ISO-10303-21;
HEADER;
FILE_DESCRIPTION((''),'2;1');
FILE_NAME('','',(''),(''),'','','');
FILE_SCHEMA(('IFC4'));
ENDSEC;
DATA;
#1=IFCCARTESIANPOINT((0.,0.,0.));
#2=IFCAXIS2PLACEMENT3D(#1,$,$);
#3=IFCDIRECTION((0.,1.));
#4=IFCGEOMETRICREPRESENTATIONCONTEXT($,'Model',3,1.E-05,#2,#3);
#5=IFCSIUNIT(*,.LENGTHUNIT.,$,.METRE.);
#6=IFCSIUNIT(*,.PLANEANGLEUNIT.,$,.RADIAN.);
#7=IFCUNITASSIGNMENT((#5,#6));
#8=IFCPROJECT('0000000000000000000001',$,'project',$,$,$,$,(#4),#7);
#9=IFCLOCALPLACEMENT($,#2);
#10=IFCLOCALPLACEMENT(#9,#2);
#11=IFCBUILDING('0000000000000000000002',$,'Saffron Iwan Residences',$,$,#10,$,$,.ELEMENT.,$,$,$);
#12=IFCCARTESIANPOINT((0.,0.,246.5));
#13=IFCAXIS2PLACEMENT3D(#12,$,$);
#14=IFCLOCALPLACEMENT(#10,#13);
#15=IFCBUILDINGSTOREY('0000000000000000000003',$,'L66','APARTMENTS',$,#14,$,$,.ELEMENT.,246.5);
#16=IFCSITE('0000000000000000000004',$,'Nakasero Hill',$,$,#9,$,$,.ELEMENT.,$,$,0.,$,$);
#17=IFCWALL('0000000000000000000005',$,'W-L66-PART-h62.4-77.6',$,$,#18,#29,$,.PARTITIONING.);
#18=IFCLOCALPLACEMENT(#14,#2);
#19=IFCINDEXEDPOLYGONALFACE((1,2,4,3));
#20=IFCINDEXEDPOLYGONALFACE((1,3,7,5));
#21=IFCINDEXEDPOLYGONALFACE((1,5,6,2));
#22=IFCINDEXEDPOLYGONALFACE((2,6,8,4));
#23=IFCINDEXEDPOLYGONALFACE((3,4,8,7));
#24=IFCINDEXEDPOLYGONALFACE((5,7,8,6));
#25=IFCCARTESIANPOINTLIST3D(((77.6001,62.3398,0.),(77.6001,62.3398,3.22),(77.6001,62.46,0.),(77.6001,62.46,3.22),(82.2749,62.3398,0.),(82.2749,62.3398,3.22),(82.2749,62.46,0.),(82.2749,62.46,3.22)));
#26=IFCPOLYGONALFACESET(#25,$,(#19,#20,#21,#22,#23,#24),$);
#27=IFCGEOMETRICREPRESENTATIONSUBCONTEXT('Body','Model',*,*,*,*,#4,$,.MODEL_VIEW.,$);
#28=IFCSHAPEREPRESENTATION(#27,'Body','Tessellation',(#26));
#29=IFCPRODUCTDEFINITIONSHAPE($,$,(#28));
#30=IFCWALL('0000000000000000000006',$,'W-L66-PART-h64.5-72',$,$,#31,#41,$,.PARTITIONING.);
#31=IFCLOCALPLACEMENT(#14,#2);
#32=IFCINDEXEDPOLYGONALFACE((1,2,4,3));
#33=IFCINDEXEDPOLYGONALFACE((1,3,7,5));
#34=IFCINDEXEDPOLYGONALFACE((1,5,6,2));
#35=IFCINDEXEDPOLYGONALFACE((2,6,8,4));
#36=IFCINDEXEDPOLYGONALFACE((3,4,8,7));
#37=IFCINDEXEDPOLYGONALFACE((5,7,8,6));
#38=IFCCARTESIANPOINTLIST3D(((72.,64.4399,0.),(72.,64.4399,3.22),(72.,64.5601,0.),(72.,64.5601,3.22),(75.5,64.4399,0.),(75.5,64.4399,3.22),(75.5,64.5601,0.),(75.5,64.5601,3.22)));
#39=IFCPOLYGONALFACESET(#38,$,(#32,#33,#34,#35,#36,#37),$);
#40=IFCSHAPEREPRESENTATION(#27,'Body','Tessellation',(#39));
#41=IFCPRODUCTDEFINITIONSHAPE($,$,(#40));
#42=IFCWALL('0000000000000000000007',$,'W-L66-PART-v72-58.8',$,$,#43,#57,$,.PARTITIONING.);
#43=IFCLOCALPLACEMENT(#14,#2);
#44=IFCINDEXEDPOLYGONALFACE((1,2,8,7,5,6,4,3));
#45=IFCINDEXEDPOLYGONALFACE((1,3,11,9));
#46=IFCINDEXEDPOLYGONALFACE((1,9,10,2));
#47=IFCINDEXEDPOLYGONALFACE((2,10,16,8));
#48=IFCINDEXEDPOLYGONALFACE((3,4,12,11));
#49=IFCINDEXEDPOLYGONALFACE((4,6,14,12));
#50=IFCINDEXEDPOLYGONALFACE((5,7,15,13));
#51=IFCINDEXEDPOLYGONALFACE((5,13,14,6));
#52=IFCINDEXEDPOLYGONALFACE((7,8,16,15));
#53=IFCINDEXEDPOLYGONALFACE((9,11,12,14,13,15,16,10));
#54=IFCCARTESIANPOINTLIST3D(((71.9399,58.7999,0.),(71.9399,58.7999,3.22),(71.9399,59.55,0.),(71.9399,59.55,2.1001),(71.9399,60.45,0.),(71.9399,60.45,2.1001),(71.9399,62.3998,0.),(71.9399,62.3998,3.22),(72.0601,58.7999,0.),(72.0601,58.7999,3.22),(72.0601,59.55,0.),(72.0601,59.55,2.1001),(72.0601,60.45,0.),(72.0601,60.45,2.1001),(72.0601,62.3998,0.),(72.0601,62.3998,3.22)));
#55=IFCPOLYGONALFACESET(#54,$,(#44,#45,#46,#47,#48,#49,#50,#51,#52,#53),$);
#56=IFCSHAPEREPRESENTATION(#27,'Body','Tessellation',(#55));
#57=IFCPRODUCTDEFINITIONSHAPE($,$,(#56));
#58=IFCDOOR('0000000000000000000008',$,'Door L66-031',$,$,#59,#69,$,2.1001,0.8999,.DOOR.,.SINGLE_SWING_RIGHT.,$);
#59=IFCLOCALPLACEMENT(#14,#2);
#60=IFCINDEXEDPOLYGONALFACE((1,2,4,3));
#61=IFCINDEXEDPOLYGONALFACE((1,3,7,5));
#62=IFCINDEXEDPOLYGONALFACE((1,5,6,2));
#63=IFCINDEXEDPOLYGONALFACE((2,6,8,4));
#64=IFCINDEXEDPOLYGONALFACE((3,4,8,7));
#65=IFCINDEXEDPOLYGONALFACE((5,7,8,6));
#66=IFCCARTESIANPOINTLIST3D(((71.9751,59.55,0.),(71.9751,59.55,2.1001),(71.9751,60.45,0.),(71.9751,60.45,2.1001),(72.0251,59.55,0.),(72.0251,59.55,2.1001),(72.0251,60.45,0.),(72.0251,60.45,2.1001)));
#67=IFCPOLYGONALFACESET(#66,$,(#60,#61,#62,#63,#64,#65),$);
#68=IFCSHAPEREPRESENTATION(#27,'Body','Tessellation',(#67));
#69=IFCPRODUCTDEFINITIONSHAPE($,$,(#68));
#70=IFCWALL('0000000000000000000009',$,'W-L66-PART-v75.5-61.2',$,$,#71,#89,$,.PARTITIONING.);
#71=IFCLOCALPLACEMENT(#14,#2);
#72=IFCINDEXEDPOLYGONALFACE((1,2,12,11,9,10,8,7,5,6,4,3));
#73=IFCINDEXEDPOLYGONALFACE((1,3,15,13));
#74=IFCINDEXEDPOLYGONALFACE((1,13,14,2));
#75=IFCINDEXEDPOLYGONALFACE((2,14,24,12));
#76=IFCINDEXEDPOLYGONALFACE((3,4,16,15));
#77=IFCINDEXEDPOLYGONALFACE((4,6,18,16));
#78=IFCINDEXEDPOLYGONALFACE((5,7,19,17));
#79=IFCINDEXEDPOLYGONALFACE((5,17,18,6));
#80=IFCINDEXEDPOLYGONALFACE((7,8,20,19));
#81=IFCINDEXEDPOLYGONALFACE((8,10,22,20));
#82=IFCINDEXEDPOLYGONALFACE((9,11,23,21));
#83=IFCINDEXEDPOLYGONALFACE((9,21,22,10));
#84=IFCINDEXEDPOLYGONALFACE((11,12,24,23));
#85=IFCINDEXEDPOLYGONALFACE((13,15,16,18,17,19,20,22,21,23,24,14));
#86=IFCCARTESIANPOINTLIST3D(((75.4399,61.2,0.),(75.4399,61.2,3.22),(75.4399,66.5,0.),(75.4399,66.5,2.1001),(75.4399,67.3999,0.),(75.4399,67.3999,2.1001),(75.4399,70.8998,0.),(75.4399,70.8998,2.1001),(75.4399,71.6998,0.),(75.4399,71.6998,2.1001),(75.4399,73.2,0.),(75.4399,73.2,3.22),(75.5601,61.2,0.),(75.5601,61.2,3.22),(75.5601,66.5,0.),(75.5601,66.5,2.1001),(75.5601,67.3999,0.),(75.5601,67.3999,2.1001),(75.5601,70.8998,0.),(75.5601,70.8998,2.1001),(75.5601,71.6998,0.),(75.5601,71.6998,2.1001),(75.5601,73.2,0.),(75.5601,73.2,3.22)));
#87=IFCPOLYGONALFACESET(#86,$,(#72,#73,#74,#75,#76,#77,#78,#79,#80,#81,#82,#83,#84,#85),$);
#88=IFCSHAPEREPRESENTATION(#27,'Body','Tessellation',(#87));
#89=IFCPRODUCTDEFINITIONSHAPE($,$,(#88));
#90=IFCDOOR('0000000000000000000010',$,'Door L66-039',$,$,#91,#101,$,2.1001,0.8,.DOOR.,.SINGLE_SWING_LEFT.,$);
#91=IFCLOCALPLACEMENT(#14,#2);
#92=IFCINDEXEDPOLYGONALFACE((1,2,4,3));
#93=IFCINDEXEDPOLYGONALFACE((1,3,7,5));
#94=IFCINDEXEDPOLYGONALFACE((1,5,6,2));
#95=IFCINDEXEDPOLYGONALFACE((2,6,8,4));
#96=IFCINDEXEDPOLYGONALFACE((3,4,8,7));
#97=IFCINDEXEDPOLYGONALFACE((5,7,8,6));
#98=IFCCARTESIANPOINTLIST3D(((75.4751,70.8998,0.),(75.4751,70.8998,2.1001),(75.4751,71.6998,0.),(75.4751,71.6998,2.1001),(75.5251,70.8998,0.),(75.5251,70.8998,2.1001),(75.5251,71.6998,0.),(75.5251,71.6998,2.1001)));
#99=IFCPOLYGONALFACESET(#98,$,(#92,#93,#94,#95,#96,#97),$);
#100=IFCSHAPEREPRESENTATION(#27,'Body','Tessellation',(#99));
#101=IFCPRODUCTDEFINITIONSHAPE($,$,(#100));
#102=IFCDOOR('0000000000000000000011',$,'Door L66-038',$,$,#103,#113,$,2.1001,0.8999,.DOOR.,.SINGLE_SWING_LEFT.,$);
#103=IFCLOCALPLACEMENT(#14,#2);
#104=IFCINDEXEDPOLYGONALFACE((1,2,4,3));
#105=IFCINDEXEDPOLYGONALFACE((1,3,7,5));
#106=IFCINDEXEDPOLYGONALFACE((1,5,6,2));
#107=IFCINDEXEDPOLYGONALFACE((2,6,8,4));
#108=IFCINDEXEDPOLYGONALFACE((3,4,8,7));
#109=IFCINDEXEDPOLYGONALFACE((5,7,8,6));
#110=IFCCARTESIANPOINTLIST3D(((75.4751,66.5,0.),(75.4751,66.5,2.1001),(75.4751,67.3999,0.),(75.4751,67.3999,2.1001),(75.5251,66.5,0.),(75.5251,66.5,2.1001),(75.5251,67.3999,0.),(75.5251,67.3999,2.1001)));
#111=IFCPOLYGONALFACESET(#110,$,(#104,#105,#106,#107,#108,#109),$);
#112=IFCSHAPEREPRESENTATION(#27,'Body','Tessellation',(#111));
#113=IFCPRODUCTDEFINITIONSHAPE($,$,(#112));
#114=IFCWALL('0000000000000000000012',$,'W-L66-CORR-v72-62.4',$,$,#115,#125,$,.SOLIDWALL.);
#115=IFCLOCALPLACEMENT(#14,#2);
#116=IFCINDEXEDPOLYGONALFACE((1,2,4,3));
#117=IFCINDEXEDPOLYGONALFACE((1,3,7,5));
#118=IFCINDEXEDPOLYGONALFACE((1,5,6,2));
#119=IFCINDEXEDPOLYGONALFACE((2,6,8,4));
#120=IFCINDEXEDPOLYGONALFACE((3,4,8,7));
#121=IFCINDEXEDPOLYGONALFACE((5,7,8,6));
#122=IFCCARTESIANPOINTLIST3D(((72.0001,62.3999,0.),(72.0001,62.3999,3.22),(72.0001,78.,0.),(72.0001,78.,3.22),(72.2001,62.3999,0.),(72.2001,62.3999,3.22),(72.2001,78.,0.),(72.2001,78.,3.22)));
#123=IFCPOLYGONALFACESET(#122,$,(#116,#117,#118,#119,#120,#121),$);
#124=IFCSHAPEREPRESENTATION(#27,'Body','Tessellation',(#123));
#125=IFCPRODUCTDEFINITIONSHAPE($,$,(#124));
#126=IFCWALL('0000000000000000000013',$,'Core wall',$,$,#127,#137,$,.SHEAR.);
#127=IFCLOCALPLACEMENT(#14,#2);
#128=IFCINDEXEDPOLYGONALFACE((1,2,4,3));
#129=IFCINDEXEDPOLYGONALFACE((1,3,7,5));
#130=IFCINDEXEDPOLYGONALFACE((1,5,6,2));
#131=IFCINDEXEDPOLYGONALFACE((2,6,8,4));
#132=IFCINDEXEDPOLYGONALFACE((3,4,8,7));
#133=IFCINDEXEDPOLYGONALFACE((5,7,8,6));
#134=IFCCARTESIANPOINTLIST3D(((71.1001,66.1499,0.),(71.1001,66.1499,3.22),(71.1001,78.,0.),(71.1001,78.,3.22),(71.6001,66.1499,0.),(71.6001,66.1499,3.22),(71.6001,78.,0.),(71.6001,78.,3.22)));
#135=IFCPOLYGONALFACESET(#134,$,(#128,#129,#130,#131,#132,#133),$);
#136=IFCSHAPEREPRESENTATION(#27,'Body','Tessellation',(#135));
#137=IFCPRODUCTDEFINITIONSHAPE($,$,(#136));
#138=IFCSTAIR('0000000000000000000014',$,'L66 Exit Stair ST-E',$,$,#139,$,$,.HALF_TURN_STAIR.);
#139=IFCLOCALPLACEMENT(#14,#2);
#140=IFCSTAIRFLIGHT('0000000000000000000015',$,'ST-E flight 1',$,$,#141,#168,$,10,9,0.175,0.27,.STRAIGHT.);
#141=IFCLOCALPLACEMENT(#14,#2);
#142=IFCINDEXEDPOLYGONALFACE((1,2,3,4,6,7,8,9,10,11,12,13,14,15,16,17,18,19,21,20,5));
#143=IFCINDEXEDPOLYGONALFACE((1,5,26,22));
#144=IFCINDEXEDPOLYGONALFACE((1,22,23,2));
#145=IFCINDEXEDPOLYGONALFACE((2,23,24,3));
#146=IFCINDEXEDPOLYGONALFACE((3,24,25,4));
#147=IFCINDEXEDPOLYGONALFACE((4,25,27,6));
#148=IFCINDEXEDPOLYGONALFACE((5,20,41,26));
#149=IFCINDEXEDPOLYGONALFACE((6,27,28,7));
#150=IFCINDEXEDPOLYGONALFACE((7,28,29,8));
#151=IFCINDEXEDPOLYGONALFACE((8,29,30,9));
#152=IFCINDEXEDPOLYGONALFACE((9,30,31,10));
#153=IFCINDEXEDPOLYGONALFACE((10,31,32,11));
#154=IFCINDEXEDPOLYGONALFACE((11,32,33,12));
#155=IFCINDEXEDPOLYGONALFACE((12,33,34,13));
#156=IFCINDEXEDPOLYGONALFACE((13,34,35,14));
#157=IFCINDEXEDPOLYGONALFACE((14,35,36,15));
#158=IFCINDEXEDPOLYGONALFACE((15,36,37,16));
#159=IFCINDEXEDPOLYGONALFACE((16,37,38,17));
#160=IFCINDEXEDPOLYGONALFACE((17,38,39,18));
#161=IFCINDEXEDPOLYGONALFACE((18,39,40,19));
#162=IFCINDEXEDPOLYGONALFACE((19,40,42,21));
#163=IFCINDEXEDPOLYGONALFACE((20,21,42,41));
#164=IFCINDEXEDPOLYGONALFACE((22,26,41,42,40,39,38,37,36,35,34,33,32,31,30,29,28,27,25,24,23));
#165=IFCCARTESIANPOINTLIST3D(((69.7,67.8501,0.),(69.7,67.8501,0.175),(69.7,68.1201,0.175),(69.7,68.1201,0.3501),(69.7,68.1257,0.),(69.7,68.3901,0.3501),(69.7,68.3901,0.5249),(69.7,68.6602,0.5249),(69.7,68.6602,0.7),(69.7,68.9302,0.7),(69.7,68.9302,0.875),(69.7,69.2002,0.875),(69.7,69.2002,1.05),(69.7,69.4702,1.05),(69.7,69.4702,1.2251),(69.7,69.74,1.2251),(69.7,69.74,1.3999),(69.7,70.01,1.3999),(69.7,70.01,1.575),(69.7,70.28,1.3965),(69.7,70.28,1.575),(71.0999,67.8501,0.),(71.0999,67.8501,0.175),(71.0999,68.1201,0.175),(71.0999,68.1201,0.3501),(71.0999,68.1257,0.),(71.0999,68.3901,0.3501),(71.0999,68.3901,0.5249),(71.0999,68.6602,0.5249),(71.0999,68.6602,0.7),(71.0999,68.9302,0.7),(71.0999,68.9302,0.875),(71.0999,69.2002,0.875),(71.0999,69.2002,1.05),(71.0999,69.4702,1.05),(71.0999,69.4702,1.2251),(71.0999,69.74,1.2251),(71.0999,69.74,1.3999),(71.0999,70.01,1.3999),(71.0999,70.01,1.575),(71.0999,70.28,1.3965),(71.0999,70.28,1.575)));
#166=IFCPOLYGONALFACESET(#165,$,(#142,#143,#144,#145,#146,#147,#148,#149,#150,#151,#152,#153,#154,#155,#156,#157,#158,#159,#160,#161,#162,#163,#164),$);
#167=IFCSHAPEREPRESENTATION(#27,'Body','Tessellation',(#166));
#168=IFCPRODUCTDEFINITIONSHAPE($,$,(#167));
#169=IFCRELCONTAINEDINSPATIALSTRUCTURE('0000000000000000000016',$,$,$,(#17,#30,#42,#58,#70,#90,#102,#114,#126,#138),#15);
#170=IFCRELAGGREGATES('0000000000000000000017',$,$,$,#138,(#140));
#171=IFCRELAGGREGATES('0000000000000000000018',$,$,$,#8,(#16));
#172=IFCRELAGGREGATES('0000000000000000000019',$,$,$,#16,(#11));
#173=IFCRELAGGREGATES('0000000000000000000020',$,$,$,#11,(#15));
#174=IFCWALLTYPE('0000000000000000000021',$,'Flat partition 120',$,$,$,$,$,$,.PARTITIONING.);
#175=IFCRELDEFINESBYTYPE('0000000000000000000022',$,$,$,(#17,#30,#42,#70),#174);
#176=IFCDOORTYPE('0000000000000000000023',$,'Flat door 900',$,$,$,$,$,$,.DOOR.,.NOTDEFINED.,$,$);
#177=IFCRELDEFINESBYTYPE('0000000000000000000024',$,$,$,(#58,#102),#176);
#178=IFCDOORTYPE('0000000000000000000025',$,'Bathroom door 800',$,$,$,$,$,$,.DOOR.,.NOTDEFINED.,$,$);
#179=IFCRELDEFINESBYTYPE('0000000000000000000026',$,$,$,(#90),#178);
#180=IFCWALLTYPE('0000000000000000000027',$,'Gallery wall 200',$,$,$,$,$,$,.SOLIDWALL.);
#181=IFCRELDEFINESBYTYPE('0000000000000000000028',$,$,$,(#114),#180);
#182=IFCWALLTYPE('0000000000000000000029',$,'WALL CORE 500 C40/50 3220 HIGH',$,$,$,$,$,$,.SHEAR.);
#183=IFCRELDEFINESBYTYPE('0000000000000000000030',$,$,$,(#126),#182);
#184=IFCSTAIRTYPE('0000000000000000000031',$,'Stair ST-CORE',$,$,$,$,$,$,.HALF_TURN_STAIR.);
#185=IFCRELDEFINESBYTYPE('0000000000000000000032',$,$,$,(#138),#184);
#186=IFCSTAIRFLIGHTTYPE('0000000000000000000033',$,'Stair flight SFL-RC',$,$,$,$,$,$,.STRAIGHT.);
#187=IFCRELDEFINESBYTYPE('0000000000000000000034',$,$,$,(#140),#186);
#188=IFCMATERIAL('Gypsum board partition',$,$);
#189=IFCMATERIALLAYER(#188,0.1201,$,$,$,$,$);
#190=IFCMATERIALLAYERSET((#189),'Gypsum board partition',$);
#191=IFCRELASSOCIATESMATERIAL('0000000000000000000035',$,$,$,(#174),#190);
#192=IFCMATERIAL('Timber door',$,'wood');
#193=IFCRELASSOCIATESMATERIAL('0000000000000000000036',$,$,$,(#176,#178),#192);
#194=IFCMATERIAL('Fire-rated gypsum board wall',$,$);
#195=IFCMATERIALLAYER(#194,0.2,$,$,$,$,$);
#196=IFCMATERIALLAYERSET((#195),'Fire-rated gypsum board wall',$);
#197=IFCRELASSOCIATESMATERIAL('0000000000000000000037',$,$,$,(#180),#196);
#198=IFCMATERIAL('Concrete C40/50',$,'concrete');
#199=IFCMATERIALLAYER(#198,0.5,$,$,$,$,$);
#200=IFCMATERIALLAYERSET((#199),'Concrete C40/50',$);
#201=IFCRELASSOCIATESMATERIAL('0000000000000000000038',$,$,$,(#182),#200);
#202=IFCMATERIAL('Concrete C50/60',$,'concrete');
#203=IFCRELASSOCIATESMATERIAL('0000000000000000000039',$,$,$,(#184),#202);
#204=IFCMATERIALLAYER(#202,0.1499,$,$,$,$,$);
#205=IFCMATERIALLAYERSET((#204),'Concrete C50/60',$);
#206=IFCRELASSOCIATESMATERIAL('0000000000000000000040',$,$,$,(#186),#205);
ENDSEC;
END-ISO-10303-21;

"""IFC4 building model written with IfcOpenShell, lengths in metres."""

from ifc_helpers import new_model, si_unit, direction, frame, frame_2d, origin, place, context, subcontext, project, spatial, polyline, rectangle, outline, extrude, material, layer, layer_set, type_object, element, fill, aggregate, save


model = new_model("IFC4")

# Units and contexts
model_context = context("Model", 3, precision=1e-05, world=origin(), true_north=direction((0.0, 1.0)))
body_context = subcontext(model_context, "Body", "Model", "MODEL_VIEW")
ifc_project = project(units=[si_unit("LENGTHUNIT", "METRE"), si_unit("PLANEANGLEUNIT", "RADIAN")], contexts=[model_context])

# Site, building, storey
site_placement = place(None, origin())
site = spatial("IfcSite", under=ifc_project, at=site_placement, Name="Nakasero Hill", CompositionType="ELEMENT", RefElevation=0.0)
building_placement = place(site_placement, origin())
building = spatial("IfcBuilding", under=site, at=building_placement, Name="Saffron Iwan Residences", CompositionType="ELEMENT")
storey_placement = place(building_placement, frame((0.0, 0.0, 246.5)))
storey = spatial("IfcBuildingStorey", under=building, at=storey_placement, Name="L66", Description="APARTMENTS", CompositionType="ELEMENT", Elevation=246.5)

# Shared definitions
ifc_material_1 = material(Name="Concrete C40/50", Category="concrete")

# Shared definitions
ifc_material_2 = material(Name="Fire-rated gypsum board wall")
ifc_material_3 = material(Name="Gypsum board partition")
ifc_layer_1 = layer(ifc_material_3, 0.1201)
ifc_layer_set_1 = layer_set([ifc_layer_1], Name="Gypsum board partition")
wall_type_1 = type_object("IfcWallType", Name="Flat partition 120", PredefinedType="PARTITIONING", material=ifc_layer_set_1)

# Shared definitions
ifc_material_4 = material(Name="Timber door", Category="wood")
door_type_1 = type_object("IfcDoorType", Name="Flat door 900", OperationType="NOTDEFINED", PredefinedType="DOOR", material=ifc_material_4)

# Walls
wall_1_placement = place(storey_placement, frame((77.6001, 62.3999, 0.0), z_axis=(0.0, 0.0, 1.0), x_axis=(1.0, 0.0, 0.0)))
element("IfcWall", 1, at=wall_1_placement, inside=storey, type_object=wall_type_1, Name="W-L66-PART-h62.4-77.6", PredefinedType="PARTITIONING", context=body_context, shape_type="SweptSolid", body=[
    extrude(rectangle(XDim=4.6748, YDim=0.1201, at=frame_2d((2.3374, 0.0))), origin(), (0.0, 0.0, 1.0), 3.22),
])
wall_2_placement = place(storey_placement, frame((72.0, 64.5, 0.0), z_axis=(0.0, 0.0, 1.0), x_axis=(1.0, 0.0, 0.0)))
element("IfcWall", 2, at=wall_2_placement, inside=storey, type_object=wall_type_1, Name="W-L66-PART-h64.5-72", PredefinedType="PARTITIONING", context=body_context, shape_type="SweptSolid", body=[
    extrude(rectangle(XDim=3.5, YDim=0.1201, at=frame_2d((1.75, 0.0))), origin(), (0.0, 0.0, 1.0), 3.22),
])

# Wall, opening, door
wall_3_placement = place(storey_placement, frame((72.0, 58.8, 0.0), z_axis=(0.0, 0.0, 1.0), x_axis=(0.0, 1.0, 0.0)))
wall_3 = element("IfcWall", 3, at=wall_3_placement, inside=storey, type_object=wall_type_1, Name="W-L66-PART-v72-58.8", PredefinedType="PARTITIONING", context=body_context, shape_type="SweptSolid", body=[
    extrude(rectangle(XDim=3.5999, YDim=0.1201, at=frame_2d((1.7998, 0.0))), origin(), (0.0, 0.0, 1.0), 3.22),
])
opening_1_placement = place(wall_3_placement, frame((0.75, 0.0, 0.0)))
opening_1 = element("IfcOpeningElement", 4, at=opening_1_placement, cuts=wall_3, PredefinedType="OPENING", context=body_context, shape_type="SweptSolid", body=[
    extrude(rectangle(XDim=0.8999, YDim=2.1001, at=frame_2d((0.45, 1.05))), frame((0.0, 0.0701, 0.0), z_axis=(0.0, -1.0, 0.0), x_axis=(1.0, 0.0, 0.0)), (0.0, 0.0, 1.0), 0.1401),
])
door_1_placement = place(opening_1_placement, origin())
door_1 = element("IfcDoor", 5, at=door_1_placement, inside=storey, type_object=door_type_1, Name="Door L66-031", OperationType="SINGLE_SWING_RIGHT", OverallHeight=2.1001, OverallWidth=0.8999, PredefinedType="DOOR", context=body_context, shape_type="SweptSolid", body=[
    extrude(rectangle(XDim=0.8999, YDim=2.1001, at=frame_2d((0.45, 1.05))), frame((0.0, 0.0249, 0.0), z_axis=(0.0, -1.0, 0.0), x_axis=(1.0, 0.0, 0.0)), (0.0, 0.0, 1.0), 0.05),
])
fill(opening_1, door_1)

# Wall, openings, doors
wall_4_placement = place(storey_placement, frame((75.5, 61.2, 0.0), z_axis=(0.0, 0.0, 1.0), x_axis=(0.0, 1.0, 0.0)))
wall_4 = element("IfcWall", 6, at=wall_4_placement, inside=storey, type_object=wall_type_1, Name="W-L66-PART-v75.5-61.2", PredefinedType="PARTITIONING", context=body_context, shape_type="SweptSolid", body=[
    extrude(rectangle(XDim=12.0, YDim=0.1201, at=frame_2d((6.0, 0.0))), origin(), (0.0, 0.0, 1.0), 3.22),
])
opening_2_placement = place(wall_4_placement, frame((5.3, 0.0, 0.0)))
opening_2 = element("IfcOpeningElement", 7, at=opening_2_placement, cuts=wall_4, PredefinedType="OPENING", context=body_context, shape_type="SweptSolid", body=[
    extrude(rectangle(XDim=0.8999, YDim=2.1001, at=frame_2d((0.45, 1.05))), frame((0.0, 0.0701, 0.0), z_axis=(0.0, -1.0, 0.0), x_axis=(1.0, 0.0, 0.0)), (0.0, 0.0, 1.0), 0.1401),
])
opening_3_placement = place(wall_4_placement, frame((9.7, 0.0, 0.0)))
opening_3 = element("IfcOpeningElement", 8, at=opening_3_placement, cuts=wall_4, PredefinedType="OPENING", context=body_context, shape_type="SweptSolid", body=[
    extrude(rectangle(XDim=0.8, YDim=2.1001, at=frame_2d((0.3999, 1.05))), frame((0.0, 0.0701, 0.0), z_axis=(0.0, -1.0, 0.0), x_axis=(1.0, 0.0, 0.0)), (0.0, 0.0, 1.0), 0.1401),
])
door_type_2 = type_object("IfcDoorType", Name="Bathroom door 800", OperationType="NOTDEFINED", PredefinedType="DOOR", material=ifc_material_4)
door_2_placement = place(opening_3_placement, origin())
door_2 = element("IfcDoor", 9, at=door_2_placement, inside=storey, type_object=door_type_2, Name="Door L66-039", OperationType="SINGLE_SWING_LEFT", OverallHeight=2.1001, OverallWidth=0.8, PredefinedType="DOOR", context=body_context, shape_type="SweptSolid", body=[
    extrude(rectangle(XDim=0.8, YDim=2.1001, at=frame_2d((0.3999, 1.05))), frame((0.0, 0.0249, 0.0), z_axis=(0.0, -1.0, 0.0), x_axis=(1.0, 0.0, 0.0)), (0.0, 0.0, 1.0), 0.05),
])
fill(opening_3, door_2)
door_3_placement = place(opening_2_placement, origin())
door_3 = element("IfcDoor", 10, at=door_3_placement, inside=storey, type_object=door_type_1, Name="Door L66-038", OperationType="SINGLE_SWING_LEFT", OverallHeight=2.1001, OverallWidth=0.8999, PredefinedType="DOOR", context=body_context, shape_type="SweptSolid", body=[
    extrude(rectangle(XDim=0.8999, YDim=2.1001, at=frame_2d((0.45, 1.05))), frame((0.0, 0.0249, 0.0), z_axis=(0.0, -1.0, 0.0), x_axis=(1.0, 0.0, 0.0)), (0.0, 0.0, 1.0), 0.05),
])
fill(opening_2, door_3)

# Walls
ifc_layer_2 = layer(ifc_material_2, 0.2)
ifc_layer_set_2 = layer_set([ifc_layer_2], Name="Fire-rated gypsum board wall")
wall_type_2 = type_object("IfcWallType", Name="Gallery wall 200", PredefinedType="SOLIDWALL", material=ifc_layer_set_2)
wall_5_placement = place(storey_placement, frame((72.1001, 62.3999, 0.0), z_axis=(0.0, 0.0, 1.0), x_axis=(0.0, 1.0, 0.0)))
element("IfcWall", 11, at=wall_5_placement, inside=storey, type_object=wall_type_2, Name="W-L66-CORR-v72-62.4", PredefinedType="SOLIDWALL", context=body_context, shape_type="SweptSolid", body=[
    extrude(rectangle(XDim=15.6001, YDim=0.2, at=frame_2d((7.8, 0.0))), origin(), (0.0, 0.0, 1.0), 3.22),
])
ifc_layer_3 = layer(ifc_material_1, 0.5)
ifc_layer_set_3 = layer_set([ifc_layer_3], Name="Concrete C40/50")
wall_type_3 = type_object("IfcWallType", Name="WALL CORE 500 C40/50 3220 HIGH", PredefinedType="SHEAR", material=ifc_layer_set_3)
wall_6_placement = place(storey_placement, frame((71.3501, 66.1499, 0.0), z_axis=(0.0, 0.0, 1.0), x_axis=(0.0, 1.0, 0.0)))
element("IfcWall", 12, at=wall_6_placement, inside=storey, type_object=wall_type_3, Name="Core wall", PredefinedType="SHEAR", context=body_context, shape_type="SweptSolid", body=[
    extrude(rectangle(XDim=11.8501, YDim=0.5, at=frame_2d((5.925, 0.0))), origin(), (0.0, 0.0, 1.0), 3.22),
])

# Stair, stair flight
ifc_material_5 = material(Name="Concrete C50/60", Category="concrete")
stair_type = type_object("IfcStairType", Name="Stair ST-CORE", PredefinedType="HALF_TURN_STAIR", material=ifc_material_5)
stair_placement = place(storey_placement, origin())
stair = element("IfcStair", 13, at=stair_placement, inside=storey, type_object=stair_type, Name="L66 Exit Stair ST-E", PredefinedType="HALF_TURN_STAIR")
ifc_layer_4 = layer(ifc_material_5, 0.1499)
ifc_layer_set_4 = layer_set([ifc_layer_4], Name="Concrete C50/60")
stair_flight_type = type_object("IfcStairFlightType", Name="Stair flight SFL-RC", PredefinedType="STRAIGHT", material=ifc_layer_set_4)
stair_flight_placement = place(storey_placement, frame((70.3999, 67.8501, 0.0), z_axis=(0.0, 0.0, 1.0), x_axis=(0.0, 1.0, 0.0)))
stair_flight = element("IfcStairFlight", 14, at=stair_flight_placement, type_object=stair_flight_type, Name="ST-E flight 1", NumberOfRisers=10, NumberOfTreads=9, PredefinedType="STRAIGHT", RiserHeight=0.175, TreadLength=0.27, context=body_context, shape_type="SweptSolid", body=[
    extrude(outline(polyline([(0.0, 0.0), (0.0, 0.175), (0.27, 0.175), (0.27, 0.3501), (0.54, 0.3501), (0.54, 0.5249), (0.8101, 0.5249), (0.8101, 0.7), (1.0801, 0.7), (1.0801, 0.875), (1.3501, 0.875), (1.3501, 1.05), (1.6201, 1.05), (1.6201, 1.2251), (1.8899, 1.2251), (1.8899, 1.3999), (2.1599, 1.3999), (2.1599, 1.575), (2.4299, 1.575), (2.4299, 1.75), (2.4299, 1.3965), (0.2756, 0.0), (0.0, 0.0)])), frame((0.0, 0.7, 0.0), z_axis=(0.0, -1.0, 0.0), x_axis=(1.0, 0.0, 0.0)), (0.0, 0.0, 1.0), 1.3999),
])
aggregate(stair, [stair_flight])

save(model, "model.ifc")
